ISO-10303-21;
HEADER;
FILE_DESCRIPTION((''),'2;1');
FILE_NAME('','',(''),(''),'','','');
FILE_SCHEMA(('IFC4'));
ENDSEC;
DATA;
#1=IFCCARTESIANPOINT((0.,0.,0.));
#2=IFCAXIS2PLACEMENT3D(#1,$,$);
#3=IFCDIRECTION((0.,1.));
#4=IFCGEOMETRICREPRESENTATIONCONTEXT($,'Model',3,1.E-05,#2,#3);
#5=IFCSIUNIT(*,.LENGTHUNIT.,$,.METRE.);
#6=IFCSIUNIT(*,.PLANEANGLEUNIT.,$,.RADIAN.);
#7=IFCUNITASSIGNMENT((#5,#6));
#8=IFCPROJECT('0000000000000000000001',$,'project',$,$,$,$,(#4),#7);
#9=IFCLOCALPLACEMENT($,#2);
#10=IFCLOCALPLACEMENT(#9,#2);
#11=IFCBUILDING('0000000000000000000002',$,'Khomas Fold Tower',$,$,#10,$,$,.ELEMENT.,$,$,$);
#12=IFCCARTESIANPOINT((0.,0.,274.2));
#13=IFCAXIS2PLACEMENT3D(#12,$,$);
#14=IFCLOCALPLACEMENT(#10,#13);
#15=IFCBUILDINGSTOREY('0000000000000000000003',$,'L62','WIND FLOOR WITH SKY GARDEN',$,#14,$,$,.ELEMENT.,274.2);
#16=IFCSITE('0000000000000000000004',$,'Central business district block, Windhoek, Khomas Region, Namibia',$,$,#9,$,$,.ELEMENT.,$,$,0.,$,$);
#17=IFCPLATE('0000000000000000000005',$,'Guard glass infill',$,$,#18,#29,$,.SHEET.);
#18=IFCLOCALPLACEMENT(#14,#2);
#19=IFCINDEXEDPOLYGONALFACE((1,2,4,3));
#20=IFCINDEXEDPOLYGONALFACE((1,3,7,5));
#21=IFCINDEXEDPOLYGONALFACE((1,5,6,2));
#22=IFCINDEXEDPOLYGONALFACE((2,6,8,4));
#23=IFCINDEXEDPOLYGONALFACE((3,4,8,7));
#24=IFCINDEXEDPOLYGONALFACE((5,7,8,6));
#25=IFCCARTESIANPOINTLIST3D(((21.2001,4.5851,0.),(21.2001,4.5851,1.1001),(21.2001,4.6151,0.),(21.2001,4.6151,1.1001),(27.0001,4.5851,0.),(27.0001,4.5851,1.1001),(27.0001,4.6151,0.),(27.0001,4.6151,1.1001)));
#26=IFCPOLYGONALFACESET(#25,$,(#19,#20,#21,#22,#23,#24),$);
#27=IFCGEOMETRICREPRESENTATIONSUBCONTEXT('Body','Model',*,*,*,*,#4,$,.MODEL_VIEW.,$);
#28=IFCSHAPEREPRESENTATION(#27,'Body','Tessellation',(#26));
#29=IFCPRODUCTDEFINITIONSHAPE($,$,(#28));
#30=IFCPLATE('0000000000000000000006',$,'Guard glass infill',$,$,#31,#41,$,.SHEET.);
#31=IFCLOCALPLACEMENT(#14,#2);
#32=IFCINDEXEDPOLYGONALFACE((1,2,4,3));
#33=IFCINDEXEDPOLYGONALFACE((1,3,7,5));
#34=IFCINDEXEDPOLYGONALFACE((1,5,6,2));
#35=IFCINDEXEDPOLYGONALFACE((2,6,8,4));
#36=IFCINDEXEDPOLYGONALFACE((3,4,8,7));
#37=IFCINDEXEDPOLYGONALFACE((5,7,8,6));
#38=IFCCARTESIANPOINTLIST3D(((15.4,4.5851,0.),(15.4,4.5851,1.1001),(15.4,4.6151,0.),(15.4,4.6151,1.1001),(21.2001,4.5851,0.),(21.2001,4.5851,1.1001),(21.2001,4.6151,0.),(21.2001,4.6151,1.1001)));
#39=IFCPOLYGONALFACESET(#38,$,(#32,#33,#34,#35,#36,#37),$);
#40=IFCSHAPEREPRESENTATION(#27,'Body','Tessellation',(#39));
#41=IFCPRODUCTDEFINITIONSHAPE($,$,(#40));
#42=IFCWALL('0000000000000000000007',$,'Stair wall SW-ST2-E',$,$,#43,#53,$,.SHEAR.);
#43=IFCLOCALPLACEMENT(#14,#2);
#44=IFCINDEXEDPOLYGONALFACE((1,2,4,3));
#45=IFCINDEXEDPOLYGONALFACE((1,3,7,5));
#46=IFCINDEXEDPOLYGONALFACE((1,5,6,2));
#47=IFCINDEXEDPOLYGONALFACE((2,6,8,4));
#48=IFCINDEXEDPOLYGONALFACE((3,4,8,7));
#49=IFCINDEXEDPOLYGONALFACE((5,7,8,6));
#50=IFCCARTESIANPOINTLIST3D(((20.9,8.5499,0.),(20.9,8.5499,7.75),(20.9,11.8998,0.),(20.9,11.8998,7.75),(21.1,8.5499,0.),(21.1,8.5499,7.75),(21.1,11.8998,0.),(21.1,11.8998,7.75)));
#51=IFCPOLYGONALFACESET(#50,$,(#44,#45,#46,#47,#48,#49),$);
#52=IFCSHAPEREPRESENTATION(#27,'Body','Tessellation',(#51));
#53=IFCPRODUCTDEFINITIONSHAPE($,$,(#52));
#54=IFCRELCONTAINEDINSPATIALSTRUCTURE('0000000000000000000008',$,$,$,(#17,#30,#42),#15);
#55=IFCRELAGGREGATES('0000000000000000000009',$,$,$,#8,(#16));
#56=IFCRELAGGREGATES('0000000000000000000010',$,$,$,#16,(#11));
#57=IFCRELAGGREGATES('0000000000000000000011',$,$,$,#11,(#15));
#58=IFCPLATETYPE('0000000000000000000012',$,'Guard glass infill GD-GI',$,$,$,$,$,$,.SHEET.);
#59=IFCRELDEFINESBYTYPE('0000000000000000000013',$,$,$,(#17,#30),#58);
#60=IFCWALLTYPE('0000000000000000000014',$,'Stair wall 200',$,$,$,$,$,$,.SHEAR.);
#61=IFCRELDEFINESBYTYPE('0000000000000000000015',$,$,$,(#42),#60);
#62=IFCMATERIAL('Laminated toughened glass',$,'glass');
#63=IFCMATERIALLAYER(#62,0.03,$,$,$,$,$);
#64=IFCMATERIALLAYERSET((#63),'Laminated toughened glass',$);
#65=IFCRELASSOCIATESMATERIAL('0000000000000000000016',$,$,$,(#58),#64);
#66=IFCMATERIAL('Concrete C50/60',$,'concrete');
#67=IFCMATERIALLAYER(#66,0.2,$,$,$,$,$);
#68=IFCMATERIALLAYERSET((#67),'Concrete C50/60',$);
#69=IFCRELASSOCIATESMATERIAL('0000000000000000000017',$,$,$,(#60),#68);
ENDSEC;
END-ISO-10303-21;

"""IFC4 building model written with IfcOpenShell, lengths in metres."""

from ifc_helpers import new_model, si_unit, direction, frame, frame_2d, origin, origin_2d, place, context, subcontext, project, spatial, rectangle, extrude, source, transform, mapped, material, layer, layer_set, type_object, element, save


model = new_model("IFC4")

# Units and contexts
model_context = context("Model", 3, precision=1e-05, world=origin(), true_north=direction((0.0, 1.0)))
body_context = subcontext(model_context, "Body", "Model", "MODEL_VIEW")
ifc_project = project(units=[si_unit("LENGTHUNIT", "METRE"), si_unit("PLANEANGLEUNIT", "RADIAN")], contexts=[model_context])

# Site, building, storey
site_placement = place(None, origin())
site = spatial("IfcSite", under=ifc_project, at=site_placement, Name="Central business district block, Windhoek, Khomas Region, Namibia", CompositionType="ELEMENT", RefElevation=0.0)
building_placement = place(site_placement, origin())
building = spatial("IfcBuilding", under=site, at=building_placement, Name="Khomas Fold Tower", CompositionType="ELEMENT")
storey_placement = place(building_placement, frame((0.0, 0.0, 274.2)))
storey = spatial("IfcBuildingStorey", under=building, at=storey_placement, Name="L62", Description="WIND FLOOR WITH SKY GARDEN", CompositionType="ELEMENT", Elevation=274.2)

# Plates
ifc_material_1 = material(Name="Laminated toughened glass", Category="glass")
ifc_layer_1 = layer(ifc_material_1, 0.03)
ifc_layer_set_1 = layer_set([ifc_layer_1], Name="Laminated toughened glass")
plate_type = type_object("IfcPlateType", Name="Guard glass infill GD-GI", PredefinedType="SHEET", material=ifc_layer_set_1)
shared_shape_1 = source(origin(), body_context, "Body", "SweptSolid", [
    extrude(rectangle(XDim=5.8, YDim=0.03, at=origin_2d()), origin(), (0.0, 0.0, 1.0), 1.1001),
])
for number, where, z_axis, x_axis, name in (
    (1, (24.1001, 4.6001, 0.0), (0.0, 0.0, 1.0), (-1.0, 0.0, 0.0), "Guard glass infill"),
    (2, (18.3, 4.6001, 0.0), (0.0, 0.0, 1.0), (-1.0, 0.0, 0.0), "Guard glass infill"),
):
    element("IfcPlate", number, at=place(storey_placement, frame(where, z_axis=z_axis, x_axis=x_axis)), inside=storey, type_object=plate_type, Name=name, PredefinedType="SHEET", context=body_context, shape_type="MappedRepresentation", body=[
        mapped(shared_shape_1, transform((0.0, 0.0, 0.0))),
    ])

# Wall
ifc_material_2 = material(Name="Concrete C50/60", Category="concrete")
ifc_layer_2 = layer(ifc_material_2, 0.2)
ifc_layer_set_2 = layer_set([ifc_layer_2], Name="Concrete C50/60")
wall_type = type_object("IfcWallType", Name="Stair wall 200", PredefinedType="SHEAR", material=ifc_layer_set_2)
shared_shape_2 = source(origin(), body_context, "Body", "SweptSolid", [
    extrude(rectangle(XDim=3.3499, YDim=0.2, at=frame_2d((1.6748, 0.0))), origin(), (0.0, 0.0, 1.0), 7.75),
])
wall_placement = place(storey_placement, frame((21.0, 8.55, 0.0), z_axis=(0.0, 0.0, 1.0), x_axis=(0.0, 1.0, 0.0)))
element("IfcWall", 3, at=wall_placement, inside=storey, type_object=wall_type, Name="Stair wall SW-ST2-E", PredefinedType="SHEAR", context=body_context, shape_type="MappedRepresentation", body=[
    mapped(shared_shape_2, transform((0.0, 0.0, 0.0))),
])

save(model, "model.ifc")
